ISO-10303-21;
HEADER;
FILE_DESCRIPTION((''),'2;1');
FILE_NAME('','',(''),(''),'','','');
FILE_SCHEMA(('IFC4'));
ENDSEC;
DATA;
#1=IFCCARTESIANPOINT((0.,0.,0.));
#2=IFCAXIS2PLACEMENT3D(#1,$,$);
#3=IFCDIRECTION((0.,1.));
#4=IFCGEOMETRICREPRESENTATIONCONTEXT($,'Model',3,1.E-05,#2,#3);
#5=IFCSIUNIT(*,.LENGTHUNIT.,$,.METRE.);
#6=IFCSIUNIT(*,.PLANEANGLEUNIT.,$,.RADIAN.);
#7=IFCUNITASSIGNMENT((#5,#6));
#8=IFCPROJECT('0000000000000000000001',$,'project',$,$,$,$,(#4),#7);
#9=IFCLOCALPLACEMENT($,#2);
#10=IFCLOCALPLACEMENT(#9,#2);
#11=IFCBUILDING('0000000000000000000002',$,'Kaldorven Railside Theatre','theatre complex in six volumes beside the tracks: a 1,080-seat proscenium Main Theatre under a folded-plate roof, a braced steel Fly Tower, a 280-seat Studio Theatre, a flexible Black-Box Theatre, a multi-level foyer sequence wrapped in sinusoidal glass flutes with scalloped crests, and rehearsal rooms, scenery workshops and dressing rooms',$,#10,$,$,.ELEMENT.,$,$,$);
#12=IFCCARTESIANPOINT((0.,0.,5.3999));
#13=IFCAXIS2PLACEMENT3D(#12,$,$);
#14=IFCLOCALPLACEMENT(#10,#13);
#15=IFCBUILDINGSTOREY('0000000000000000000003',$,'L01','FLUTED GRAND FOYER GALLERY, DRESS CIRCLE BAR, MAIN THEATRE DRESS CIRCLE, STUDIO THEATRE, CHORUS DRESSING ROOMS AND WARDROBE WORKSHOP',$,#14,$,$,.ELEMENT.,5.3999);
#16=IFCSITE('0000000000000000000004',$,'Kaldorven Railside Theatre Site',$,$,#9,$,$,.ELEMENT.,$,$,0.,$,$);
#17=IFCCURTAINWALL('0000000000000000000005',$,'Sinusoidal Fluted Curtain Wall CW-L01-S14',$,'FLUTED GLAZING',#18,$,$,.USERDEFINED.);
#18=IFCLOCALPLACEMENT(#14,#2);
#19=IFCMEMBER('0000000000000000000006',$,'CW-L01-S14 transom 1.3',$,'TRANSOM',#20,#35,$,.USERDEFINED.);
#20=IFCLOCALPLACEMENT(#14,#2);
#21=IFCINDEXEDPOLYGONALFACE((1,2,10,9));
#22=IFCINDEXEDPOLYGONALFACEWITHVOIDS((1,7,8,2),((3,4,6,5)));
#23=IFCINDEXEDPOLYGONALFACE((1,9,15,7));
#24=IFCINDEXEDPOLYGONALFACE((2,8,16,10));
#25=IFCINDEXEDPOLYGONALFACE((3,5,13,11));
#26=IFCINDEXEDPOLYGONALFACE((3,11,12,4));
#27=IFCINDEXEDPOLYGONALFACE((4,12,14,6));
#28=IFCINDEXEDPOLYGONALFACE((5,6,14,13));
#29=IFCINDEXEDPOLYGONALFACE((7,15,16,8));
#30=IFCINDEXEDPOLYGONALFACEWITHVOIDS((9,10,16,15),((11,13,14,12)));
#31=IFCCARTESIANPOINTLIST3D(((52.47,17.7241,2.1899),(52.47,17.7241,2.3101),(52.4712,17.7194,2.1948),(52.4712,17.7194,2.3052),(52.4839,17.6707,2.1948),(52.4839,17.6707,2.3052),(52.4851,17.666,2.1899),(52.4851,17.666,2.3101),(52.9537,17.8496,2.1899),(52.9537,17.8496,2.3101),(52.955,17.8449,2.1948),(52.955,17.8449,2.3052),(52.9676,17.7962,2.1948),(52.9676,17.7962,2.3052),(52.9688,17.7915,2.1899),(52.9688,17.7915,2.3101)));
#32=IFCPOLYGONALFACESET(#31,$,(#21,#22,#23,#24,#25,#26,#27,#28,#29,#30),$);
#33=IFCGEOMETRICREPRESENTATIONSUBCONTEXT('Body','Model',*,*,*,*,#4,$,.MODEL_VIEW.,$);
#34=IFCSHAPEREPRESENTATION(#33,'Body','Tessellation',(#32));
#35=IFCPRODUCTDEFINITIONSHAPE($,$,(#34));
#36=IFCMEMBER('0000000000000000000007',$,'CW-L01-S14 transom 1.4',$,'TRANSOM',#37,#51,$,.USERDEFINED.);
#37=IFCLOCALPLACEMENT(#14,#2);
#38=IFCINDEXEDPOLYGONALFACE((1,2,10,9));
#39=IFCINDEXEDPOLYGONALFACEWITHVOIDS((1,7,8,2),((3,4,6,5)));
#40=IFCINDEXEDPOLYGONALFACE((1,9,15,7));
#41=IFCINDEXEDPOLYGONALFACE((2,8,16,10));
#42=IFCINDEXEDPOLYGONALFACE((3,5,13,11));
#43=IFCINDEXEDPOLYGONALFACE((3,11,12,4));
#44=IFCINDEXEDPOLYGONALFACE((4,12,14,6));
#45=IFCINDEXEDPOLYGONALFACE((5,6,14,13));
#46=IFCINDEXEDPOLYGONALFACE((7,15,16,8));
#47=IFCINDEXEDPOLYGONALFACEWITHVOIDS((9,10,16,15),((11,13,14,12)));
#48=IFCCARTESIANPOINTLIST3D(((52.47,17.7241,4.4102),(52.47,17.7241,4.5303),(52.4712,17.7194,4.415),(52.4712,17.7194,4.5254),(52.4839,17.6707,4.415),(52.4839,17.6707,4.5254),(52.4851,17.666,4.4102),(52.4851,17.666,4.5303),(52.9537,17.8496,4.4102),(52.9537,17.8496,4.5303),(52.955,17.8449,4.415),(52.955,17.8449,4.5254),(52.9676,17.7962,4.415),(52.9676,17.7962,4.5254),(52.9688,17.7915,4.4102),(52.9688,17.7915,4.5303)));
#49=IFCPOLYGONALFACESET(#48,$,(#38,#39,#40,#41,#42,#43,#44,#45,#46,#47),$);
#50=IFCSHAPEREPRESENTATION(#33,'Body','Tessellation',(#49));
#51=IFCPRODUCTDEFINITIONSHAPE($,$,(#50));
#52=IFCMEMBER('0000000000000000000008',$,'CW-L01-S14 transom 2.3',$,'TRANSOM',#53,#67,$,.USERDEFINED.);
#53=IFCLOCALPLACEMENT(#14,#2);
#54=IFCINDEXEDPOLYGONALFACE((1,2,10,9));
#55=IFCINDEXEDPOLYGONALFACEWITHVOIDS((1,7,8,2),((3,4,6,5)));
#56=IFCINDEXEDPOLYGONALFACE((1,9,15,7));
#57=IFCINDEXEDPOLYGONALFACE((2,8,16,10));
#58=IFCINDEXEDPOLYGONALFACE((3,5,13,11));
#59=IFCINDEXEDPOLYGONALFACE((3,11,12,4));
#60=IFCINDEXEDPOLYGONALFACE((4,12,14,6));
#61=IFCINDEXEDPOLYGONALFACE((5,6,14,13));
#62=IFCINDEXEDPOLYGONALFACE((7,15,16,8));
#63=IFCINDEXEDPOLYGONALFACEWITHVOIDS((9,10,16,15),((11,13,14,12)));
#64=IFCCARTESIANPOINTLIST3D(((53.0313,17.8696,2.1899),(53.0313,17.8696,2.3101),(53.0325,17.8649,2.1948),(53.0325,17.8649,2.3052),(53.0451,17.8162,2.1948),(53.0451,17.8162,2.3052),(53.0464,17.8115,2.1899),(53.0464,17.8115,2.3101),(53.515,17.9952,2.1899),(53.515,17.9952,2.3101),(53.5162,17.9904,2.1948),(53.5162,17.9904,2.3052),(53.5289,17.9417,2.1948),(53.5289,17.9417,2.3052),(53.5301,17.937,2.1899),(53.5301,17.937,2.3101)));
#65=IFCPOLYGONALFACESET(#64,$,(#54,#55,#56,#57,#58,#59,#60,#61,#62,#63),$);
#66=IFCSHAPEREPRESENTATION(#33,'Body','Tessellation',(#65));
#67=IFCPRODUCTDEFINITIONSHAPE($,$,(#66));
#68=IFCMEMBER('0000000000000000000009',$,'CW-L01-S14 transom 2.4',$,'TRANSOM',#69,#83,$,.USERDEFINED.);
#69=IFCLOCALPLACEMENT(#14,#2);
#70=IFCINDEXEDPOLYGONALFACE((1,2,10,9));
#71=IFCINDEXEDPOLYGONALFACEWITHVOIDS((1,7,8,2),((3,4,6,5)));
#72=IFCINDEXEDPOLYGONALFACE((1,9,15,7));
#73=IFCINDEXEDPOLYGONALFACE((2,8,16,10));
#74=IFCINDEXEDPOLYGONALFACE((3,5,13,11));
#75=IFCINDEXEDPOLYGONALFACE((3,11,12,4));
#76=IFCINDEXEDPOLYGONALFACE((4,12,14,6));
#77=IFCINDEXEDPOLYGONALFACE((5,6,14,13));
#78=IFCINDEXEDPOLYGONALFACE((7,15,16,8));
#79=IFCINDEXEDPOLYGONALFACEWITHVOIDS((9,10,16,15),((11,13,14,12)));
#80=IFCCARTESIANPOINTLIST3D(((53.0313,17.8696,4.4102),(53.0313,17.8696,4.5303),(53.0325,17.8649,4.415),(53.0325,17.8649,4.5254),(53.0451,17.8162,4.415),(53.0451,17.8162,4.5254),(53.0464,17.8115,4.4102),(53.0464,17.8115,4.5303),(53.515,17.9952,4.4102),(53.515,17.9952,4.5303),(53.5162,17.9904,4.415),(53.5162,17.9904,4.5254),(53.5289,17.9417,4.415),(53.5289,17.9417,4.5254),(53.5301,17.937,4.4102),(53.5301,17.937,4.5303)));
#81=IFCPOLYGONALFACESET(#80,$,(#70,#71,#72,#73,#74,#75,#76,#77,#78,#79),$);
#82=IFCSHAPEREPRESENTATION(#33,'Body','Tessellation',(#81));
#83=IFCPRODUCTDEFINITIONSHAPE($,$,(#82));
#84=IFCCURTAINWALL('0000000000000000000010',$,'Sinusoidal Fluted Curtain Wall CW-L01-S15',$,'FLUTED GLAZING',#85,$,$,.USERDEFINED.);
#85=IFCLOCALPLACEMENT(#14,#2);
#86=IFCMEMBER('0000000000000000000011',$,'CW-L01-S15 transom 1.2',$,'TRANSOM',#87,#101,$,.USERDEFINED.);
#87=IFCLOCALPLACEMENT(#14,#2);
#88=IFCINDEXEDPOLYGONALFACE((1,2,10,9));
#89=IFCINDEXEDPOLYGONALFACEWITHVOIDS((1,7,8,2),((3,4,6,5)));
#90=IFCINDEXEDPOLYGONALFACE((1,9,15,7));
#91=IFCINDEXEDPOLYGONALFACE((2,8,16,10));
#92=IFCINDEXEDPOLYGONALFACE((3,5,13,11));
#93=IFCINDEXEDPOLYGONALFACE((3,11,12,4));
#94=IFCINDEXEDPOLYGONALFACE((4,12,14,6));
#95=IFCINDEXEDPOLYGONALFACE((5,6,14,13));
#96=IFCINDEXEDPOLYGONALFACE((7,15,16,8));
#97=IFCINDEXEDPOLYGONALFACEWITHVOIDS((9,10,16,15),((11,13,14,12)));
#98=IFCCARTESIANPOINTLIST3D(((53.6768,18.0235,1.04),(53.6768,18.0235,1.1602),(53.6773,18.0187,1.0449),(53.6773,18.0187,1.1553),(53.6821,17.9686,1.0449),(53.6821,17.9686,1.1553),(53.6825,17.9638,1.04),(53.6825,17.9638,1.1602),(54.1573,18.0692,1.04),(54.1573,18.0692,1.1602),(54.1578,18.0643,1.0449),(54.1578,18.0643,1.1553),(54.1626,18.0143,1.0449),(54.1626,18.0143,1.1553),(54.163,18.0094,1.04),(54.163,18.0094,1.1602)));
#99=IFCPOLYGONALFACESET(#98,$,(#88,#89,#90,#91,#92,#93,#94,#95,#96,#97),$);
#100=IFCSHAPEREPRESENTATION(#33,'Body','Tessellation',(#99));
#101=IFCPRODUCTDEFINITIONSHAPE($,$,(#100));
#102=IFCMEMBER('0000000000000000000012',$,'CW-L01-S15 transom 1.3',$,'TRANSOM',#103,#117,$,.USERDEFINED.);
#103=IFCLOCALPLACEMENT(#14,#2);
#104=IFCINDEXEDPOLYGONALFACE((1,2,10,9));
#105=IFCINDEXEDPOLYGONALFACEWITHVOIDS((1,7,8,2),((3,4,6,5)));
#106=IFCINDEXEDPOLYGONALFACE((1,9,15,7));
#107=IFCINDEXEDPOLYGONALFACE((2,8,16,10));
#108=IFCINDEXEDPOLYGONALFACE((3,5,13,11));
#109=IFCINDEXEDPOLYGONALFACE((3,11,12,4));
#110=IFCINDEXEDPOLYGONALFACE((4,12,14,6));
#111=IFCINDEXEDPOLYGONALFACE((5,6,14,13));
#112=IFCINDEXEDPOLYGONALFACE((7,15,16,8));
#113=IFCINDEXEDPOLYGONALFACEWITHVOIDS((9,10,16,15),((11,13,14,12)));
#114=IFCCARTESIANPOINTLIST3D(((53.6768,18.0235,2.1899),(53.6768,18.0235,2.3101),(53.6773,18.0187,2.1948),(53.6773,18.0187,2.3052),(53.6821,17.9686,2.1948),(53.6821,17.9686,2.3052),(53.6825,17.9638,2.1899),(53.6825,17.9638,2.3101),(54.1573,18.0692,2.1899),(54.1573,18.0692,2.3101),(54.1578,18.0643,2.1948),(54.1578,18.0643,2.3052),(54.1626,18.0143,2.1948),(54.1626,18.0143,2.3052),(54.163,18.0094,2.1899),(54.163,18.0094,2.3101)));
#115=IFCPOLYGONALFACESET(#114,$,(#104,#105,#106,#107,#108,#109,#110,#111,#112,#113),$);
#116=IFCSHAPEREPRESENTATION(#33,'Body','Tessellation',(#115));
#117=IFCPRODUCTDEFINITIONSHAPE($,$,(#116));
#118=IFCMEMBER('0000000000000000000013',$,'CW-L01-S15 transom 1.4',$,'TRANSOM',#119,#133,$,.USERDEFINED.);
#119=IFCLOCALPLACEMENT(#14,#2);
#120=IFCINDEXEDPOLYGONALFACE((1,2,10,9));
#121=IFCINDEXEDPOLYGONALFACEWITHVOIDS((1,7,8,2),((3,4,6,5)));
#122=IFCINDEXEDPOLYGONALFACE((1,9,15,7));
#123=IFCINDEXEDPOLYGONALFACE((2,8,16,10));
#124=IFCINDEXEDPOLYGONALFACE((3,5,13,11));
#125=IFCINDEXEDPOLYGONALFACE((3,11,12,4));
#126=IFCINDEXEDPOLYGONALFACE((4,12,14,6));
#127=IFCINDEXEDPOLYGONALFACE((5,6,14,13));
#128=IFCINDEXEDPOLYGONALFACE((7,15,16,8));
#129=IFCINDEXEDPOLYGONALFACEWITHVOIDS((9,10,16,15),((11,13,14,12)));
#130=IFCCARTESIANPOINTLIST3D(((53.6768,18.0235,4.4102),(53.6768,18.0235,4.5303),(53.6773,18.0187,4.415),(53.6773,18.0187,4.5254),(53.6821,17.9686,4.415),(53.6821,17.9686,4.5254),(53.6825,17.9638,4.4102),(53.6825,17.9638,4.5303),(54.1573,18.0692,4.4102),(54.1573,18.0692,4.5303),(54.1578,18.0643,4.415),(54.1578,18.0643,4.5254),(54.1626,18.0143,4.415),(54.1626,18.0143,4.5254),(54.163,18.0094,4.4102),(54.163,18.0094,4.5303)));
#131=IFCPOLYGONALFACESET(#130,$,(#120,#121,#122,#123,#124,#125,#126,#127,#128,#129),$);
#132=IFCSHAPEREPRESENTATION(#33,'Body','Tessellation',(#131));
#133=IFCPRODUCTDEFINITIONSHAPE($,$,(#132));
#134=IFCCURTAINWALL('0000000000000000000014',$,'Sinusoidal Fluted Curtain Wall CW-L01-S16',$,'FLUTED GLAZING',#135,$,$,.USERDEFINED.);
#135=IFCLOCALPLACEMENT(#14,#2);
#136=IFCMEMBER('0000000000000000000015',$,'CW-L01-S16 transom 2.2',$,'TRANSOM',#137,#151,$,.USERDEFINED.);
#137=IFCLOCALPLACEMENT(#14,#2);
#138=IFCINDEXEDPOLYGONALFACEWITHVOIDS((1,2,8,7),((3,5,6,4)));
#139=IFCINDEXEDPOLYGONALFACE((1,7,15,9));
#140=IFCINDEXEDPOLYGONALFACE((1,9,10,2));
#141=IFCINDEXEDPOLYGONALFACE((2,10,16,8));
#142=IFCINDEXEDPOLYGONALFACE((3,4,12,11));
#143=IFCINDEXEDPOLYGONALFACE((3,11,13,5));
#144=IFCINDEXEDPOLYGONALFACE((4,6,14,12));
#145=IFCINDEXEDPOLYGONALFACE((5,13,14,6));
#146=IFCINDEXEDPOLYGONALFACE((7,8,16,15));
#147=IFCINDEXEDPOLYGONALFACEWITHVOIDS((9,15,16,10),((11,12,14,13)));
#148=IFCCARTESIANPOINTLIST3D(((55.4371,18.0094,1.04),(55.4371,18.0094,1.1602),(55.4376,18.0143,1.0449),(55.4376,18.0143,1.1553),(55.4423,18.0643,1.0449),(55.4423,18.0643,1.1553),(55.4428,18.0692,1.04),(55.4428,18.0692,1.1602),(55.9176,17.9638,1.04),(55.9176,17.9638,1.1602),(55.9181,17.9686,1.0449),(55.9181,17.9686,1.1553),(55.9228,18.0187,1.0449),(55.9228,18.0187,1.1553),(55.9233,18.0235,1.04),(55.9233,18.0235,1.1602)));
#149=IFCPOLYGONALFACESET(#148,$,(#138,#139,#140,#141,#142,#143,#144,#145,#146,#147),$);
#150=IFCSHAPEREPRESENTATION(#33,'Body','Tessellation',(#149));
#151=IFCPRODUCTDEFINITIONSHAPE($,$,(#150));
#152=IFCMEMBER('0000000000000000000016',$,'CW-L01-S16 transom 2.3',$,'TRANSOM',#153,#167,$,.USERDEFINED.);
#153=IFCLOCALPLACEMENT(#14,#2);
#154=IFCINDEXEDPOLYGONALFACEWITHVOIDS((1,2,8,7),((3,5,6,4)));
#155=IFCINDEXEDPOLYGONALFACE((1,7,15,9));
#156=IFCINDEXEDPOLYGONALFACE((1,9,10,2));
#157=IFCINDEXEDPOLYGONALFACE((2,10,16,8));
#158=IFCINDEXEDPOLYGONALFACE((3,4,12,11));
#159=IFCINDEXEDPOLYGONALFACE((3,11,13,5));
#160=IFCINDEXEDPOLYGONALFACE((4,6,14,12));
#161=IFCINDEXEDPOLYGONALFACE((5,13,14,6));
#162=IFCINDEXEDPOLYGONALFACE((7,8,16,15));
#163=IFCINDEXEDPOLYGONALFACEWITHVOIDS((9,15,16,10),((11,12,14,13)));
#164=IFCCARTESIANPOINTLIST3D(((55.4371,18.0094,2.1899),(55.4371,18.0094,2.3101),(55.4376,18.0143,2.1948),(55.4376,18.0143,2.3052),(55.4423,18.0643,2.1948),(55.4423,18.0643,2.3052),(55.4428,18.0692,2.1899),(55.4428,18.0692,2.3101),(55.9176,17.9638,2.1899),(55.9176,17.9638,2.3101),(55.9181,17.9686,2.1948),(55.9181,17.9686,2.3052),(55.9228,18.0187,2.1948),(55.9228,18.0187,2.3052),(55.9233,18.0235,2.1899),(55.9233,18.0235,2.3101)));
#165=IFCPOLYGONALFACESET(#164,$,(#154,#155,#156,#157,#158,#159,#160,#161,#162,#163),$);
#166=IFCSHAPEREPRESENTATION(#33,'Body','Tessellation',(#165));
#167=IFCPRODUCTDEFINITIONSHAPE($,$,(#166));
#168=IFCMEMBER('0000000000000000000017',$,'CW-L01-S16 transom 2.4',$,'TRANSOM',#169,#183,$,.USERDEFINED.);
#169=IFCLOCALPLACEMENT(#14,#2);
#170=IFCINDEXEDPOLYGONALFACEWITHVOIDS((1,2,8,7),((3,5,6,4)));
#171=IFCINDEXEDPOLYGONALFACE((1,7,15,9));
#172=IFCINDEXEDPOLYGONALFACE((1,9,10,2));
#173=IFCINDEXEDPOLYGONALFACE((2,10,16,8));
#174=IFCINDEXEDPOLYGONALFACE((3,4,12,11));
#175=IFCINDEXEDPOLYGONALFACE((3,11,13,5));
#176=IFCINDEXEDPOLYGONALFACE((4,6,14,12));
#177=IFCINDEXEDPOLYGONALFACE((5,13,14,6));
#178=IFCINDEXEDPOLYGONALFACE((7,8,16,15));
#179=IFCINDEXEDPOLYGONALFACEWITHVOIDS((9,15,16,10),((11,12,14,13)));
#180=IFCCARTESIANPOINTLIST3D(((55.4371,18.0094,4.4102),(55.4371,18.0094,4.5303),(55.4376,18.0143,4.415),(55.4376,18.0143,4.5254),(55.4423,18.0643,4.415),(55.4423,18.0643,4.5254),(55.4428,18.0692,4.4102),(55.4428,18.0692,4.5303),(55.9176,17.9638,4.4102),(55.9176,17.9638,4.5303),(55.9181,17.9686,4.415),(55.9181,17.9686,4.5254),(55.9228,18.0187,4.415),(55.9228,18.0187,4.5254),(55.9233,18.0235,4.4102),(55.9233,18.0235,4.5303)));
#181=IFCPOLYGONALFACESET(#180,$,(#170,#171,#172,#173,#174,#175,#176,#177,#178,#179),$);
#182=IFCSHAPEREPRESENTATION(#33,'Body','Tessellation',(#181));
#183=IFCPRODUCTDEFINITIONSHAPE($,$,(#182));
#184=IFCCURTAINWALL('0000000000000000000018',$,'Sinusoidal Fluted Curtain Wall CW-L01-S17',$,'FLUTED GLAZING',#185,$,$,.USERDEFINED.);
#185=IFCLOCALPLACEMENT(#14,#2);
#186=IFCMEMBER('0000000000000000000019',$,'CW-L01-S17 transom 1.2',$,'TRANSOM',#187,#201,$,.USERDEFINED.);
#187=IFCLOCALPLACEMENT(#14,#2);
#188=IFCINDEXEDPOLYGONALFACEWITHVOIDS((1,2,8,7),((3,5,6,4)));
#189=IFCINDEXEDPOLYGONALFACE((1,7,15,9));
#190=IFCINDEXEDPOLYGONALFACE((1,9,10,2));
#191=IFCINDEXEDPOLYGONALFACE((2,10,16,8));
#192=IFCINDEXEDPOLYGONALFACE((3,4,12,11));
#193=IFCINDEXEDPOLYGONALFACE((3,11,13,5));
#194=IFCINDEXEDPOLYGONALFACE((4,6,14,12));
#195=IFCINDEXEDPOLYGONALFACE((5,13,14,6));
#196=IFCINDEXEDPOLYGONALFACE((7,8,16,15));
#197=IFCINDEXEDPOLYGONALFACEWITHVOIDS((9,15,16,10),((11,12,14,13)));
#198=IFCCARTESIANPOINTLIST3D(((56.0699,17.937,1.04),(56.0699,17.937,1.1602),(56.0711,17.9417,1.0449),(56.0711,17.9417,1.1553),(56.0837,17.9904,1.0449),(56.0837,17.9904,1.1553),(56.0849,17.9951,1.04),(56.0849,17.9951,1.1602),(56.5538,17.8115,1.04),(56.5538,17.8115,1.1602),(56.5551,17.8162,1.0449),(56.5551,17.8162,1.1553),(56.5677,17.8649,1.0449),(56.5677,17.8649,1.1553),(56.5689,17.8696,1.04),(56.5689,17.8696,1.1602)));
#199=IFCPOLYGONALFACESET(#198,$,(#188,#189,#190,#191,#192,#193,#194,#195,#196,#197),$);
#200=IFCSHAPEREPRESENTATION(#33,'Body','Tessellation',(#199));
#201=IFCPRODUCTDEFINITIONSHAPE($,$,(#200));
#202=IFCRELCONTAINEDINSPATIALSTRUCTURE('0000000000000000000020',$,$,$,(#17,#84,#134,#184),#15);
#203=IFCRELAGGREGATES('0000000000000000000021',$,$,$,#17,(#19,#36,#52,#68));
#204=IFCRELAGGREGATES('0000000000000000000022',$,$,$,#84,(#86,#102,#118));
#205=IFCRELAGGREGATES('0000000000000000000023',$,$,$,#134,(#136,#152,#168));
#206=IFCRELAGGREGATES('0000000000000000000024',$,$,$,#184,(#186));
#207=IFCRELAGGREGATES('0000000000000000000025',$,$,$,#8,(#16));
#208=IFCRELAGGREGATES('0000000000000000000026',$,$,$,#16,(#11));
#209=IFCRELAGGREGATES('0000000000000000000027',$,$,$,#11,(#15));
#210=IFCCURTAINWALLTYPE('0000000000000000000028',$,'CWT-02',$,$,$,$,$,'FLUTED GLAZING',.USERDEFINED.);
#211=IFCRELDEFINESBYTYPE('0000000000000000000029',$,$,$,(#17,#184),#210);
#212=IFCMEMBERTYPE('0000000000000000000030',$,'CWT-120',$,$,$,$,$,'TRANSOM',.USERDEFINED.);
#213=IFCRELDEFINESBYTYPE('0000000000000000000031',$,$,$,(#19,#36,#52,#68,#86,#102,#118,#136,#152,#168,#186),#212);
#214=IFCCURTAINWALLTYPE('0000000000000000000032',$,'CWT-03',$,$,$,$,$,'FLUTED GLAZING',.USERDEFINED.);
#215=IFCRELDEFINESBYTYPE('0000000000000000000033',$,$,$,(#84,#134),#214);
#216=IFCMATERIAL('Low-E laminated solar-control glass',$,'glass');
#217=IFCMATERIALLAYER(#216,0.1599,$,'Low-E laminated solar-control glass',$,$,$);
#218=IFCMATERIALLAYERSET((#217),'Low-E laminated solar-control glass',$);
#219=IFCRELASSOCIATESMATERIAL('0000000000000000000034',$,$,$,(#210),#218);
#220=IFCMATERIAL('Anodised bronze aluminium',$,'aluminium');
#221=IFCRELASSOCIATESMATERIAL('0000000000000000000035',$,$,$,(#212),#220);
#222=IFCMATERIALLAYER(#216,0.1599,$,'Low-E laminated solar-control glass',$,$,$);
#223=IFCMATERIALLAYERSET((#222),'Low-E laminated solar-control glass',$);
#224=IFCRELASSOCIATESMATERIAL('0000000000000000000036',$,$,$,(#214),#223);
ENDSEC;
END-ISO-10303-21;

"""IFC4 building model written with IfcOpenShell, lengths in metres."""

from ifc_helpers import new_model, si_unit, direction, frame, origin, origin_2d, place, context, subcontext, project, spatial, hollow_rectangle, extrude, material, layer, layer_set, material_profile, profile_set, type_object, element, aggregate, save


model = new_model("IFC4")

# Units and contexts
model_context = context("Model", 3, precision=1e-05, world=origin(), true_north=direction((0.0, 1.0)))
body_context = subcontext(model_context, "Body", "Model", "MODEL_VIEW")
ifc_project = project(units=[si_unit("LENGTHUNIT", "METRE"), si_unit("PLANEANGLEUNIT", "RADIAN")], contexts=[model_context])

# Site, building, storey
site_placement = place(None, origin())
site = spatial("IfcSite", under=ifc_project, at=site_placement, Name="Kaldorven Railside Theatre Site", CompositionType="ELEMENT", RefElevation=0.0)
building_placement = place(site_placement, origin())
building = spatial("IfcBuilding", under=site, at=building_placement, Name="Kaldorven Railside Theatre", Description="theatre complex in six volumes beside the tracks: a 1,080-seat proscenium Main Theatre under a folded-plate roof, a braced steel Fly Tower, a 280-seat Studio Theatre, a flexible Black-Box Theatre, a multi-level foyer sequence wrapped in sinusoidal glass flutes with scalloped crests, and rehearsal rooms, scenery workshops and dressing rooms", CompositionType="ELEMENT")
storey_placement = place(building_placement, frame((0.0, 0.0, 5.3999)))
storey = spatial("IfcBuildingStorey", under=building, at=storey_placement, Name="L01", Description="FLUTED GRAND FOYER GALLERY, DRESS CIRCLE BAR, MAIN THEATRE DRESS CIRCLE, STUDIO THEATRE, CHORUS DRESSING ROOMS AND WARDROBE WORKSHOP", CompositionType="ELEMENT", Elevation=5.3999)

# Curtain walls, members
ifc_material_1 = material(Name="Low-E laminated solar-control glass", Category="glass")
ifc_layer_1 = layer(ifc_material_1, 0.1599, Name="Low-E laminated solar-control glass")
ifc_layer_set_1 = layer_set([ifc_layer_1], Name="Low-E laminated solar-control glass")
curtain_wall_type_1 = type_object("IfcCurtainWallType", Name="CWT-02", ElementType="FLUTED GLAZING", PredefinedType="USERDEFINED", material=ifc_layer_set_1)
curtain_wall_1_placement = place(storey_placement, origin())
curtain_wall_1 = element("IfcCurtainWall", 1, at=curtain_wall_1_placement, inside=storey, type_object=curtain_wall_type_1, Name="Sinusoidal Fluted Curtain Wall CW-L01-S14", ObjectType="FLUTED GLAZING", PredefinedType="USERDEFINED")
ifc_material_2 = material(Name="Anodised bronze aluminium", Category="aluminium")
ifc_material_profile = material_profile(ifc_material_2, hollow_rectangle(XDim=0.0601, YDim=0.1201, WallThickness=0.0049, at=origin_2d()), Name="RHS 120x60x5")
ifc_profile_set = profile_set([ifc_material_profile], Name="Anodised bronze aluminium")
member_type = type_object("IfcMemberType", Name="CWT-120", ElementType="TRANSOM", PredefinedType="USERDEFINED", material=ifc_profile_set)
member_1_placement = place(storey_placement, frame((52.4775, 17.6951, 2.25), z_axis=(0.967949, 0.251149, 0.0), x_axis=(-0.251149, 0.967949, 0.0)))
member_1 = element("IfcMember", 2, at=member_1_placement, type_object=member_type, Name="CW-L01-S14 transom 1.3", ObjectType="TRANSOM", PredefinedType="USERDEFINED", context=body_context, shape_type="SweptSolid", body=[
    extrude(hollow_rectangle(XDim=0.0601, YDim=0.1201, WallThickness=0.0049, at=origin_2d()), origin(), (0.0, 0.0, 1.0), 0.4998),
])
member_2_placement = place(storey_placement, frame((52.4775, 17.6951, 4.4702), z_axis=(0.967949, 0.251149, 0.0), x_axis=(-0.251149, 0.967949, 0.0)))
member_2 = element("IfcMember", 3, at=member_2_placement, type_object=member_type, Name="CW-L01-S14 transom 1.4", ObjectType="TRANSOM", PredefinedType="USERDEFINED", context=body_context, shape_type="SweptSolid", body=[
    extrude(hollow_rectangle(XDim=0.0601, YDim=0.1201, WallThickness=0.0049, at=origin_2d()), origin(), (0.0, 0.0, 1.0), 0.4998),
])
member_3_placement = place(storey_placement, frame((53.0388, 17.8406, 2.25), z_axis=(0.967949, 0.251149, 0.0), x_axis=(-0.251149, 0.967949, 0.0)))
member_3 = element("IfcMember", 4, at=member_3_placement, type_object=member_type, Name="CW-L01-S14 transom 2.3", ObjectType="TRANSOM", PredefinedType="USERDEFINED", context=body_context, shape_type="SweptSolid", body=[
    extrude(hollow_rectangle(XDim=0.0601, YDim=0.1201, WallThickness=0.0049, at=origin_2d()), origin(), (0.0, 0.0, 1.0), 0.4998),
])
member_4_placement = place(storey_placement, frame((53.0388, 17.8406, 4.4702), z_axis=(0.967949, 0.251149, 0.0), x_axis=(-0.251149, 0.967949, 0.0)))
member_4 = element("IfcMember", 5, at=member_4_placement, type_object=member_type, Name="CW-L01-S14 transom 2.4", ObjectType="TRANSOM", PredefinedType="USERDEFINED", context=body_context, shape_type="SweptSolid", body=[
    extrude(hollow_rectangle(XDim=0.0601, YDim=0.1201, WallThickness=0.0049, at=origin_2d()), origin(), (0.0, 0.0, 1.0), 0.4998),
])
ifc_layer_2 = layer(ifc_material_1, 0.1599, Name="Low-E laminated solar-control glass")
ifc_layer_set_2 = layer_set([ifc_layer_2], Name="Low-E laminated solar-control glass")
curtain_wall_type_2 = type_object("IfcCurtainWallType", Name="CWT-03", ElementType="FLUTED GLAZING", PredefinedType="USERDEFINED", material=ifc_layer_set_2)
curtain_wall_2_placement = place(storey_placement, origin())
curtain_wall_2 = element("IfcCurtainWall", 6, at=curtain_wall_2_placement, inside=storey, type_object=curtain_wall_type_2, Name="Sinusoidal Fluted Curtain Wall CW-L01-S15", ObjectType="FLUTED GLAZING", PredefinedType="USERDEFINED")
member_5_placement = place(storey_placement, frame((53.6797, 17.9937, 1.1001), z_axis=(0.995516, 0.094594, 0.0), x_axis=(-0.094594, 0.995516, 0.0)))
member_5 = element("IfcMember", 7, at=member_5_placement, type_object=member_type, Name="CW-L01-S15 transom 1.2", ObjectType="TRANSOM", PredefinedType="USERDEFINED", context=body_context, shape_type="SweptSolid", body=[
    extrude(hollow_rectangle(XDim=0.0601, YDim=0.1201, WallThickness=0.0049, at=origin_2d()), origin(), (0.0, 0.0, 1.0), 0.4827),
])
member_6_placement = place(storey_placement, frame((53.6797, 17.9937, 2.25), z_axis=(0.995516, 0.094594, 0.0), x_axis=(-0.094594, 0.995516, 0.0)))
member_6 = element("IfcMember", 8, at=member_6_placement, type_object=member_type, Name="CW-L01-S15 transom 1.3", ObjectType="TRANSOM", PredefinedType="USERDEFINED", context=body_context, shape_type="SweptSolid", body=[
    extrude(hollow_rectangle(XDim=0.0601, YDim=0.1201, WallThickness=0.0049, at=origin_2d()), origin(), (0.0, 0.0, 1.0), 0.4827),
])
member_7_placement = place(storey_placement, frame((53.6797, 17.9937, 4.4702), z_axis=(0.995516, 0.094594, 0.0), x_axis=(-0.094594, 0.995516, 0.0)))
member_7 = element("IfcMember", 9, at=member_7_placement, type_object=member_type, Name="CW-L01-S15 transom 1.4", ObjectType="TRANSOM", PredefinedType="USERDEFINED", context=body_context, shape_type="SweptSolid", body=[
    extrude(hollow_rectangle(XDim=0.0601, YDim=0.1201, WallThickness=0.0049, at=origin_2d()), origin(), (0.0, 0.0, 1.0), 0.4827),
])
curtain_wall_3_placement = place(storey_placement, origin())
curtain_wall_3 = element("IfcCurtainWall", 10, at=curtain_wall_3_placement, inside=storey, type_object=curtain_wall_type_2, Name="Sinusoidal Fluted Curtain Wall CW-L01-S16", ObjectType="FLUTED GLAZING", PredefinedType="USERDEFINED")
member_8_placement = place(storey_placement, frame((55.4399, 18.0393, 1.1001), z_axis=(0.995516, -0.094594, 0.0), x_axis=(0.094594, 0.995516, 0.0)))
member_8 = element("IfcMember", 11, at=member_8_placement, type_object=member_type, Name="CW-L01-S16 transom 2.2", ObjectType="TRANSOM", PredefinedType="USERDEFINED", context=body_context, shape_type="SweptSolid", body=[
    extrude(hollow_rectangle(XDim=0.0601, YDim=0.1201, WallThickness=0.0049, at=origin_2d()), origin(), (0.0, 0.0, 1.0), 0.4827),
])
member_9_placement = place(storey_placement, frame((55.4399, 18.0393, 2.25), z_axis=(0.995516, -0.094594, 0.0), x_axis=(0.094594, 0.995516, 0.0)))
member_9 = element("IfcMember", 12, at=member_9_placement, type_object=member_type, Name="CW-L01-S16 transom 2.3", ObjectType="TRANSOM", PredefinedType="USERDEFINED", context=body_context, shape_type="SweptSolid", body=[
    extrude(hollow_rectangle(XDim=0.0601, YDim=0.1201, WallThickness=0.0049, at=origin_2d()), origin(), (0.0, 0.0, 1.0), 0.4827),
])
member_10_placement = place(storey_placement, frame((55.4399, 18.0393, 4.4702), z_axis=(0.995516, -0.094594, 0.0), x_axis=(0.094594, 0.995516, 0.0)))
member_10 = element("IfcMember", 13, at=member_10_placement, type_object=member_type, Name="CW-L01-S16 transom 2.4", ObjectType="TRANSOM", PredefinedType="USERDEFINED", context=body_context, shape_type="SweptSolid", body=[
    extrude(hollow_rectangle(XDim=0.0601, YDim=0.1201, WallThickness=0.0049, at=origin_2d()), origin(), (0.0, 0.0, 1.0), 0.4827),
])
curtain_wall_4_placement = place(storey_placement, origin())
curtain_wall_4 = element("IfcCurtainWall", 14, at=curtain_wall_4_placement, inside=storey, type_object=curtain_wall_type_1, Name="Sinusoidal Fluted Curtain Wall CW-L01-S17", ObjectType="FLUTED GLAZING", PredefinedType="USERDEFINED")
member_11_placement = place(storey_placement, frame((56.0774, 17.9661, 1.1001), z_axis=(0.967979, -0.25103, 0.0), x_axis=(0.25103, 0.967979, 0.0)))
member_11 = element("IfcMember", 15, at=member_11_placement, type_object=member_type, Name="CW-L01-S17 transom 1.2", ObjectType="TRANSOM", PredefinedType="USERDEFINED", context=body_context, shape_type="SweptSolid", body=[
    extrude(hollow_rectangle(XDim=0.0601, YDim=0.1201, WallThickness=0.0049, at=origin_2d()), origin(), (0.0, 0.0, 1.0), 0.5),
])

aggregate(curtain_wall_1, [member_1, member_2, member_3, member_4])
aggregate(curtain_wall_2, [member_5, member_6, member_7])
aggregate(curtain_wall_3, [member_8, member_9, member_10])
aggregate(curtain_wall_4, [member_11])

save(model, "model.ifc")
